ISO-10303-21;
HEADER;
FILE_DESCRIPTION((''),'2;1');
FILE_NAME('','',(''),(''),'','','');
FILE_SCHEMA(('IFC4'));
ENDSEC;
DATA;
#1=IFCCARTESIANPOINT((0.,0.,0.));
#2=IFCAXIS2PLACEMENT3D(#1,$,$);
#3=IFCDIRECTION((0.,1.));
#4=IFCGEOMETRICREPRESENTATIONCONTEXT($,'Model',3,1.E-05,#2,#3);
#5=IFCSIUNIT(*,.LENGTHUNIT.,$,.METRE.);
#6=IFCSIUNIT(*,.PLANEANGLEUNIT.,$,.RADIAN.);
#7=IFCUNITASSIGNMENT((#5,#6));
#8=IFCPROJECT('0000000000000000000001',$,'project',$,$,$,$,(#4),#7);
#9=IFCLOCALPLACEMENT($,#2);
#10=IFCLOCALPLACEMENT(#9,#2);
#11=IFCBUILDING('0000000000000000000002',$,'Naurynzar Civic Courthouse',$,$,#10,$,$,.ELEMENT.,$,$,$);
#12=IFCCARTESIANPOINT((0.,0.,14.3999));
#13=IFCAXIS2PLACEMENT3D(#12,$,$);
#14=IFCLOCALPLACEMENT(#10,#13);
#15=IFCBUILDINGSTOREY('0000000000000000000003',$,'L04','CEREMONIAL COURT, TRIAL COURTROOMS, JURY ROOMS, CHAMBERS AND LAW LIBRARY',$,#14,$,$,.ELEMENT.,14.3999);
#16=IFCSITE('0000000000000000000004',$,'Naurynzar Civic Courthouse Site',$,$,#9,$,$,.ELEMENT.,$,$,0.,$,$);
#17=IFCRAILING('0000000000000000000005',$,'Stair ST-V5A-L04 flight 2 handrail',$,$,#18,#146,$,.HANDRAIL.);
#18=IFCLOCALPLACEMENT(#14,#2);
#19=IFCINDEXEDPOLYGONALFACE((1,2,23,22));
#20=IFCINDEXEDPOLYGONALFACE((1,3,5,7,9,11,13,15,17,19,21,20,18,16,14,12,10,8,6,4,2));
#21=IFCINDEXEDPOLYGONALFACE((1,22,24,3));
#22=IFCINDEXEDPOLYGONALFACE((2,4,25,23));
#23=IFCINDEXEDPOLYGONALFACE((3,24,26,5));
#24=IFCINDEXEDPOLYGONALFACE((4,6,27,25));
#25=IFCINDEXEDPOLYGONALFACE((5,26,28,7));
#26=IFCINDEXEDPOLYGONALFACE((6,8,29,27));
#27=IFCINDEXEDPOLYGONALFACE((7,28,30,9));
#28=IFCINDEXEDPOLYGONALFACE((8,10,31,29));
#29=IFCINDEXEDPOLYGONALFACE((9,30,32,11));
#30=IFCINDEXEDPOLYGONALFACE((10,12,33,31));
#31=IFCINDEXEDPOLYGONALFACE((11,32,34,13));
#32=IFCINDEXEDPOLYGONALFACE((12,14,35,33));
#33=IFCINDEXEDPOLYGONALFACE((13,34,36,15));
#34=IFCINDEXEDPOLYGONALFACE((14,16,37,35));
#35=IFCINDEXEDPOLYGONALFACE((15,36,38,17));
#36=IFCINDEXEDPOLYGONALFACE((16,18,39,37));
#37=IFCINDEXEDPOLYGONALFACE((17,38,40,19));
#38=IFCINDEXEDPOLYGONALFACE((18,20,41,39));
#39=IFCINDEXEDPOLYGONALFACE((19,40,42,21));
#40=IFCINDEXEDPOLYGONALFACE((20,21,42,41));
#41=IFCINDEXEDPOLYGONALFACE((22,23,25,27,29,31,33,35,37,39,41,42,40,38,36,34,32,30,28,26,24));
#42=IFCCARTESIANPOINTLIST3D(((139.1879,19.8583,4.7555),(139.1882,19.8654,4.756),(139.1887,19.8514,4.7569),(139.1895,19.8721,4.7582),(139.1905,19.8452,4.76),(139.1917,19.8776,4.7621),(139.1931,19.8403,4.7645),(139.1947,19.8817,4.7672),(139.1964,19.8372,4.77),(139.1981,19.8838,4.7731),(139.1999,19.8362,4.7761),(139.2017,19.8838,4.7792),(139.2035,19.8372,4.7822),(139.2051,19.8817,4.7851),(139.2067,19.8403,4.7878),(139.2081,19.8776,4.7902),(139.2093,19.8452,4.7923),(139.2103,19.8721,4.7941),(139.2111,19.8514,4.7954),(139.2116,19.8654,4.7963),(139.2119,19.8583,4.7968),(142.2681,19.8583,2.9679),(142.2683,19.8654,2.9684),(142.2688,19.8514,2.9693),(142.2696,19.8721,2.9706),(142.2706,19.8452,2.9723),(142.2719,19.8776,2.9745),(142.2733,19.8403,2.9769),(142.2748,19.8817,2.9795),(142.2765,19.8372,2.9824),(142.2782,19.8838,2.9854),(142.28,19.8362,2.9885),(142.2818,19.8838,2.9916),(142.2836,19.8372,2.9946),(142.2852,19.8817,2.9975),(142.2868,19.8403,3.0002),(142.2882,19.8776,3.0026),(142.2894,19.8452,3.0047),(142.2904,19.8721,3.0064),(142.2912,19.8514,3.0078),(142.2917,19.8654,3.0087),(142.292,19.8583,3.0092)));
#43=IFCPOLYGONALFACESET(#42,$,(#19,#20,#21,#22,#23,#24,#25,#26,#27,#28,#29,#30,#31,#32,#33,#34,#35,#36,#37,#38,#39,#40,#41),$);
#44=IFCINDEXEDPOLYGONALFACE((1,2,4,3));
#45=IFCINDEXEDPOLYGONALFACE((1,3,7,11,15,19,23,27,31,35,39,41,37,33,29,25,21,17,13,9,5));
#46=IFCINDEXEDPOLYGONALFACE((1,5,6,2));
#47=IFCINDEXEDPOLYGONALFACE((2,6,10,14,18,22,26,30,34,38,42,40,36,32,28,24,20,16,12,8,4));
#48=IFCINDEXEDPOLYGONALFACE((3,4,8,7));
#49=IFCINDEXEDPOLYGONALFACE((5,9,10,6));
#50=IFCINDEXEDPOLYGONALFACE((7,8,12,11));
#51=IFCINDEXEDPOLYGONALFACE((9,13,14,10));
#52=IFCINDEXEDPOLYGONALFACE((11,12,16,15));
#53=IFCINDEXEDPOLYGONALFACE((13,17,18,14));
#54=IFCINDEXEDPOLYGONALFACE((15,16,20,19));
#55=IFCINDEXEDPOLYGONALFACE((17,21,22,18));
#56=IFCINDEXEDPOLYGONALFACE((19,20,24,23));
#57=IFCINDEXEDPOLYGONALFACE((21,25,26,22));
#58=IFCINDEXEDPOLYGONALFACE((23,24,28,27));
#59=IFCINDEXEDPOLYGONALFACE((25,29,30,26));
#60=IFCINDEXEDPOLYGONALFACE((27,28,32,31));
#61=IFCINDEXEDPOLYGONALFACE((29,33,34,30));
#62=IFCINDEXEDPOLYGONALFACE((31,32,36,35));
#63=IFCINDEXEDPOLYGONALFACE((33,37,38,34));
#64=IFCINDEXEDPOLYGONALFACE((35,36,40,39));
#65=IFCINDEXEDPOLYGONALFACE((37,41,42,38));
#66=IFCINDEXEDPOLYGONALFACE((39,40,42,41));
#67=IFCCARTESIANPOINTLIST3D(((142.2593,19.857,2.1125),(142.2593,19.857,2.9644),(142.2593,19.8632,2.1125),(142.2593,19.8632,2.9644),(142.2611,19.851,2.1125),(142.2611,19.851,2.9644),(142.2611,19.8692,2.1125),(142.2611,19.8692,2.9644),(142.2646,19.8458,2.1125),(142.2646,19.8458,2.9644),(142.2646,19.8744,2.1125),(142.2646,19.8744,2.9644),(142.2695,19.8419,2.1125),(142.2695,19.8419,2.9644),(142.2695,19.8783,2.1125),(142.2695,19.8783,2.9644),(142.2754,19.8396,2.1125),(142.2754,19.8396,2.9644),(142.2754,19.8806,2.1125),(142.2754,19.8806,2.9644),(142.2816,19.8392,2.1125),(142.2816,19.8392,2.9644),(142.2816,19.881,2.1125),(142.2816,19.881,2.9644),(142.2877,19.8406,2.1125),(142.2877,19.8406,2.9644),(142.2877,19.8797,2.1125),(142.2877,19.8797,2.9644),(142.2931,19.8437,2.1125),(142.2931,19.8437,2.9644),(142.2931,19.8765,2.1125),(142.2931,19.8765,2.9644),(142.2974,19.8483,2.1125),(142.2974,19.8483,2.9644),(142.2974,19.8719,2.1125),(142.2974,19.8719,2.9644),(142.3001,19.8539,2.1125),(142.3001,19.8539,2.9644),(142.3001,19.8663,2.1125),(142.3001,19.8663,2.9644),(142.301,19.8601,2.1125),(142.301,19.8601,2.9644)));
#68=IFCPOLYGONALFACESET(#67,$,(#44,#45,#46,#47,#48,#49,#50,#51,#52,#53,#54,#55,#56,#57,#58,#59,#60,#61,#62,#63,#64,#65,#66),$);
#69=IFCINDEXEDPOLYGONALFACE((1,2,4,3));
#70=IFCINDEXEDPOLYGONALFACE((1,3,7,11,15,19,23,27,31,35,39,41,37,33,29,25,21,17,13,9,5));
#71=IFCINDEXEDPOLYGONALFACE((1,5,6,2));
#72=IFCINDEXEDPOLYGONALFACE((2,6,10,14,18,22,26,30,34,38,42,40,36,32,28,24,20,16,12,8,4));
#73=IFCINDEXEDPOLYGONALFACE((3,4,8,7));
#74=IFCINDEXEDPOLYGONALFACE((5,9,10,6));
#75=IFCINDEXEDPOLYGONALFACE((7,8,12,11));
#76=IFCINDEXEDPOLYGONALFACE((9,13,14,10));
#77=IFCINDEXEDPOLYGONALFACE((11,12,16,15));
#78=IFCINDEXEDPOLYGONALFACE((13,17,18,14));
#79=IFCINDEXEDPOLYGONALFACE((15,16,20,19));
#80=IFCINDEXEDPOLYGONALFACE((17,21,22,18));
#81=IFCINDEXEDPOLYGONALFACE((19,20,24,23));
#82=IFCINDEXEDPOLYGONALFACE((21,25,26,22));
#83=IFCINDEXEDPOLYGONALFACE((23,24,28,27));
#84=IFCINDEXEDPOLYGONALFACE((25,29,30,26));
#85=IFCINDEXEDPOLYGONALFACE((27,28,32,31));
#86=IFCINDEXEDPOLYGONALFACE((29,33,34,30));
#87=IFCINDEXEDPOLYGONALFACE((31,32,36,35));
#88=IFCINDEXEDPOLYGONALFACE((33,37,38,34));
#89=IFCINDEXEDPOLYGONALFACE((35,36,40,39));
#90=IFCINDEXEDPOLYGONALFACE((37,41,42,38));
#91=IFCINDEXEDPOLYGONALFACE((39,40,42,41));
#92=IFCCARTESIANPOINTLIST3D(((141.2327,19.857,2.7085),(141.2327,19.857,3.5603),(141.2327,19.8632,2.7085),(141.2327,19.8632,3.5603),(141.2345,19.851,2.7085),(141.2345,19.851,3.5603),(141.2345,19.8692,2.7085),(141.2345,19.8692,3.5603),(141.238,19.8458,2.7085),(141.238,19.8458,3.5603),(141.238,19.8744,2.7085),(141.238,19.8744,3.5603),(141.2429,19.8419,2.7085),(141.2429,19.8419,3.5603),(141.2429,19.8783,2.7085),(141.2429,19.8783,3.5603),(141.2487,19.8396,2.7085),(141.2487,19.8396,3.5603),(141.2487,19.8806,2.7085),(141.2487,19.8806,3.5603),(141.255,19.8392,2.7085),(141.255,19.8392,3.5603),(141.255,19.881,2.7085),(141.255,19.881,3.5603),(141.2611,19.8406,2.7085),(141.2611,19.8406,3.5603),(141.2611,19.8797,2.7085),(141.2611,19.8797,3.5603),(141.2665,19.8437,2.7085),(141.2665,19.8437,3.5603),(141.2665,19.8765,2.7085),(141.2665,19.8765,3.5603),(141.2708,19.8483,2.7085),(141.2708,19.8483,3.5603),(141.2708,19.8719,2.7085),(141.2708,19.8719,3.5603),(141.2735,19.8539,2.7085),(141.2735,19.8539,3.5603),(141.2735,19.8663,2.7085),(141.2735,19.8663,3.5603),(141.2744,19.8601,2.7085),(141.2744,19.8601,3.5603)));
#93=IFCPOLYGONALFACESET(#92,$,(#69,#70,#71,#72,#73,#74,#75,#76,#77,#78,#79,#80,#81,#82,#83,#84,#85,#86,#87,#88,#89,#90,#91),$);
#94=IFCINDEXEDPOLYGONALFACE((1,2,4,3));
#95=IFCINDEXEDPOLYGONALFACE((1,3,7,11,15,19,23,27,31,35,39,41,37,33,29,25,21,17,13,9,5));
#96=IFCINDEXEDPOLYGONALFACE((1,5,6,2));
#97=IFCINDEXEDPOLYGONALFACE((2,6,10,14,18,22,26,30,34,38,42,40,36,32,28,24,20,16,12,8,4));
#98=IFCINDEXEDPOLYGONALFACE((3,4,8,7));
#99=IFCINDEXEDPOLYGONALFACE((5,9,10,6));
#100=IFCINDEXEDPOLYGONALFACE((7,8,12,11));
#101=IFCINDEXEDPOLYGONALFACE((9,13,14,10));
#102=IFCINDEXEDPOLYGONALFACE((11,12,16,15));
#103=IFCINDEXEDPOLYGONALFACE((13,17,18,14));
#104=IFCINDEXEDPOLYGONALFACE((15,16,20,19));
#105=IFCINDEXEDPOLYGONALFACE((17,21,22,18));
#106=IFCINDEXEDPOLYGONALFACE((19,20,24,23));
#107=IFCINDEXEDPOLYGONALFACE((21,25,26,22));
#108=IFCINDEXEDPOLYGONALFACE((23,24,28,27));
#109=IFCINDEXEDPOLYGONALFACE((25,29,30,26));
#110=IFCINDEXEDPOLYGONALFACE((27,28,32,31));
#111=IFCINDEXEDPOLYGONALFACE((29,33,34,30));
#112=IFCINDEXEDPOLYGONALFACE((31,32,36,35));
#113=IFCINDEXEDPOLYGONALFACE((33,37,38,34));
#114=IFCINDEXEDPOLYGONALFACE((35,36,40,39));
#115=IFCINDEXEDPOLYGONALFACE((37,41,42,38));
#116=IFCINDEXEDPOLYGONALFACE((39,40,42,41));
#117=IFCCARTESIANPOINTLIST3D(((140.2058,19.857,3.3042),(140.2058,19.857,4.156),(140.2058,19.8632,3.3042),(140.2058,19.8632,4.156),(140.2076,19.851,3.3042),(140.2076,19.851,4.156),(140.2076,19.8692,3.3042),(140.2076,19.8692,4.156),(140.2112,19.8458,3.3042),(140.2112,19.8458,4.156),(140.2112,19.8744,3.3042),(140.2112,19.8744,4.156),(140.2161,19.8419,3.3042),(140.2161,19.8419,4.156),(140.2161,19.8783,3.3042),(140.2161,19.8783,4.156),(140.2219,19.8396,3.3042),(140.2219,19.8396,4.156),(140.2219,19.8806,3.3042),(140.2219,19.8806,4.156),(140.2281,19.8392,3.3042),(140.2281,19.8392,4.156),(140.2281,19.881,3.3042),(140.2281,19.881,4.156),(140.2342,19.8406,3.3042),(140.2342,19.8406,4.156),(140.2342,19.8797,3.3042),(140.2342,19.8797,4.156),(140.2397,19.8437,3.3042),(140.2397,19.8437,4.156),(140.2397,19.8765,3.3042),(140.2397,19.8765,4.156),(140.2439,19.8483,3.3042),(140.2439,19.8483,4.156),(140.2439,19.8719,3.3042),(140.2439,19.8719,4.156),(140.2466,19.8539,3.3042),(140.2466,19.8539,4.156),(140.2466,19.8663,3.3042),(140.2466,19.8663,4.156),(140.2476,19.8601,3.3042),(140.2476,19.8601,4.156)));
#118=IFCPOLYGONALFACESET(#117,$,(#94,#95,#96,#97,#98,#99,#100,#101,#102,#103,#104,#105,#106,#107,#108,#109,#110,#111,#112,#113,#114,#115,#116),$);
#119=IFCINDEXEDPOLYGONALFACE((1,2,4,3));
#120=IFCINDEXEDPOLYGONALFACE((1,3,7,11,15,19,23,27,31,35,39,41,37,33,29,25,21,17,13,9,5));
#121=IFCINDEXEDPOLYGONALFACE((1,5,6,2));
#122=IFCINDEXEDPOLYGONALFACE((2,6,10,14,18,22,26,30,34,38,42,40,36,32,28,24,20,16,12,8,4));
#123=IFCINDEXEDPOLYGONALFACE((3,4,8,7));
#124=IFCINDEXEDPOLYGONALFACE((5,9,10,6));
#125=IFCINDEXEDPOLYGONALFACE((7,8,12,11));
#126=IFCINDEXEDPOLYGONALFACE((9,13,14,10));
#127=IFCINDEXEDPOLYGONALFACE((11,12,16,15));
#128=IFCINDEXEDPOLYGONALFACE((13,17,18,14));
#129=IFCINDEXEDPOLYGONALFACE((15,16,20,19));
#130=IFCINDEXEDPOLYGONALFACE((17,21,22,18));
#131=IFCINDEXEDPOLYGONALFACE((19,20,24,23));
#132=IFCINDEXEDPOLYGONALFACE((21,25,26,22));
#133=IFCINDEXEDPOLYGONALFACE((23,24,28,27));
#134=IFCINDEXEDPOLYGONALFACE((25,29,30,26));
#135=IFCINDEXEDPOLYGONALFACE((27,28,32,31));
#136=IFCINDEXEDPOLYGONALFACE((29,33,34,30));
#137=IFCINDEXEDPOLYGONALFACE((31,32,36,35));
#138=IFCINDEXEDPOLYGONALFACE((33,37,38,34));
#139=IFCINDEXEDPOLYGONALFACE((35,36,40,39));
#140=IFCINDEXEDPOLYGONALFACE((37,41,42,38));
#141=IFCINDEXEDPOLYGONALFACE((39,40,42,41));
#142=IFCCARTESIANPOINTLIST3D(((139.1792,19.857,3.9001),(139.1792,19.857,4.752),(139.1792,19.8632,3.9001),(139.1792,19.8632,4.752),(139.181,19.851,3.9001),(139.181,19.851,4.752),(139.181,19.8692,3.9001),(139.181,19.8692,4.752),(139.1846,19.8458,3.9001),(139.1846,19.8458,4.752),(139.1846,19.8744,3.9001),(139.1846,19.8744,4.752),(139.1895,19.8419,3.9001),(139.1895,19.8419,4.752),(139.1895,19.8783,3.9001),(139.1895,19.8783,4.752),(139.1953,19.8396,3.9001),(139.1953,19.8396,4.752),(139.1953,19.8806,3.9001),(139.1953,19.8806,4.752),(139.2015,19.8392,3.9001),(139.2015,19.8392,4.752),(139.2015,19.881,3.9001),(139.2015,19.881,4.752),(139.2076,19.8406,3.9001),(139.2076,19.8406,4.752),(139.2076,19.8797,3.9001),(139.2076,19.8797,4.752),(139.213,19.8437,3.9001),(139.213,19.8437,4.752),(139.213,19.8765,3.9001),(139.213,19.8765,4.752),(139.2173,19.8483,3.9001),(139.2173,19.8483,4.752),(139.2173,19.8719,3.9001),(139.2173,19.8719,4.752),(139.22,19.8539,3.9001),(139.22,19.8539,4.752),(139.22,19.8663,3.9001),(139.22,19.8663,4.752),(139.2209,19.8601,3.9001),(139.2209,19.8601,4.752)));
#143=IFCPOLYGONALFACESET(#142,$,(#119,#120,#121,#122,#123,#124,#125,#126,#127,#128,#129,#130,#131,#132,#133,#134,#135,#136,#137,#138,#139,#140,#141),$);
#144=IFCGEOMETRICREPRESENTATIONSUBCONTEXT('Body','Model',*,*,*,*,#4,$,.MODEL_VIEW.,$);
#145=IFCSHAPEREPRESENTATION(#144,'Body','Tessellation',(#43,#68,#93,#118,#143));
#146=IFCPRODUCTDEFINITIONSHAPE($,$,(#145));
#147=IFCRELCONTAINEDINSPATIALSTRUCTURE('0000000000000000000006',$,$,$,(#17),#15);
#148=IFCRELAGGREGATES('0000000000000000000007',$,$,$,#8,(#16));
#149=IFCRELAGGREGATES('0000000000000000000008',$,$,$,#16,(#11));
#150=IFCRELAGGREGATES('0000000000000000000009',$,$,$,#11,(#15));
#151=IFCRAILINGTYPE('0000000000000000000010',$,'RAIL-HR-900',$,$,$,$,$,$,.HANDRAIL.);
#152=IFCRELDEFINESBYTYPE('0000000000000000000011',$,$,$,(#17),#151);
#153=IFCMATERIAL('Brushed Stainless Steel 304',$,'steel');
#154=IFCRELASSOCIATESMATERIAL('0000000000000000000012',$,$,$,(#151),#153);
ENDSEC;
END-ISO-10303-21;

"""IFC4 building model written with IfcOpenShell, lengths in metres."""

from ifc_helpers import new_model, si_unit, direction, frame, origin, origin_2d, place, context, subcontext, project, spatial, circle, extrude, material, type_object, element, save


model = new_model("IFC4")

# Units and contexts
model_context = context("Model", 3, precision=1e-05, world=origin(), true_north=direction((0.0, 1.0)))
body_context = subcontext(model_context, "Body", "Model", "MODEL_VIEW")
ifc_project = project(units=[si_unit("LENGTHUNIT", "METRE"), si_unit("PLANEANGLEUNIT", "RADIAN")], contexts=[model_context])

# Site, building, storey
site_placement = place(None, origin())
site = spatial("IfcSite", under=ifc_project, at=site_placement, Name="Naurynzar Civic Courthouse Site", CompositionType="ELEMENT", RefElevation=0.0)
building_placement = place(site_placement, origin())
building = spatial("IfcBuilding", under=site, at=building_placement, Name="Naurynzar Civic Courthouse", CompositionType="ELEMENT")
storey_placement = place(building_placement, frame((0.0, 0.0, 14.3999)))
storey = spatial("IfcBuildingStorey", under=building, at=storey_placement, Name="L04", Description="CEREMONIAL COURT, TRIAL COURTROOMS, JURY ROOMS, CHAMBERS AND LAW LIBRARY", CompositionType="ELEMENT", Elevation=14.3999)

# Railing
ifc_material_1 = material(Name="Brushed Stainless Steel 304", Category="steel")
railing_type_1 = type_object("IfcRailingType", Name="RAIL-HR-900", PredefinedType="HANDRAIL", material=ifc_material_1)
railing_1_placement = place(storey_placement, frame((142.28, 19.8601, 2.1125)))
element("IfcRailing", 1, at=railing_1_placement, inside=storey, type_object=railing_type_1, Name="Stair ST-V5A-L04 flight 2 handrail", PredefinedType="HANDRAIL", context=body_context, shape_type="SweptSolid", body=[
    extrude(circle(Radius=0.0239, at=origin_2d()), frame((0.0, 0.0, 0.876), z_axis=(-0.864891, 0.0, 0.50196), x_axis=(0.0, -1.0, 0.0)), (0.0, 0.0, 1.0), 3.5613),
    extrude(circle(Radius=0.021, at=origin_2d()), origin(), (0.0, 0.0, 1.0), 0.8518),
    extrude(circle(Radius=0.021, at=origin_2d()), frame((-1.0266, 0.0, 0.5959)), (0.0, 0.0, 1.0), 0.8518),
    extrude(circle(Radius=0.021, at=origin_2d()), frame((-2.0535, 0.0, 1.1917)), (0.0, 0.0, 1.0), 0.8518),
    extrude(circle(Radius=0.021, at=origin_2d()), frame((-3.0801, 0.0, 1.7876)), (0.0, 0.0, 1.0), 0.8518),
])

save(model, "model.ifc")
